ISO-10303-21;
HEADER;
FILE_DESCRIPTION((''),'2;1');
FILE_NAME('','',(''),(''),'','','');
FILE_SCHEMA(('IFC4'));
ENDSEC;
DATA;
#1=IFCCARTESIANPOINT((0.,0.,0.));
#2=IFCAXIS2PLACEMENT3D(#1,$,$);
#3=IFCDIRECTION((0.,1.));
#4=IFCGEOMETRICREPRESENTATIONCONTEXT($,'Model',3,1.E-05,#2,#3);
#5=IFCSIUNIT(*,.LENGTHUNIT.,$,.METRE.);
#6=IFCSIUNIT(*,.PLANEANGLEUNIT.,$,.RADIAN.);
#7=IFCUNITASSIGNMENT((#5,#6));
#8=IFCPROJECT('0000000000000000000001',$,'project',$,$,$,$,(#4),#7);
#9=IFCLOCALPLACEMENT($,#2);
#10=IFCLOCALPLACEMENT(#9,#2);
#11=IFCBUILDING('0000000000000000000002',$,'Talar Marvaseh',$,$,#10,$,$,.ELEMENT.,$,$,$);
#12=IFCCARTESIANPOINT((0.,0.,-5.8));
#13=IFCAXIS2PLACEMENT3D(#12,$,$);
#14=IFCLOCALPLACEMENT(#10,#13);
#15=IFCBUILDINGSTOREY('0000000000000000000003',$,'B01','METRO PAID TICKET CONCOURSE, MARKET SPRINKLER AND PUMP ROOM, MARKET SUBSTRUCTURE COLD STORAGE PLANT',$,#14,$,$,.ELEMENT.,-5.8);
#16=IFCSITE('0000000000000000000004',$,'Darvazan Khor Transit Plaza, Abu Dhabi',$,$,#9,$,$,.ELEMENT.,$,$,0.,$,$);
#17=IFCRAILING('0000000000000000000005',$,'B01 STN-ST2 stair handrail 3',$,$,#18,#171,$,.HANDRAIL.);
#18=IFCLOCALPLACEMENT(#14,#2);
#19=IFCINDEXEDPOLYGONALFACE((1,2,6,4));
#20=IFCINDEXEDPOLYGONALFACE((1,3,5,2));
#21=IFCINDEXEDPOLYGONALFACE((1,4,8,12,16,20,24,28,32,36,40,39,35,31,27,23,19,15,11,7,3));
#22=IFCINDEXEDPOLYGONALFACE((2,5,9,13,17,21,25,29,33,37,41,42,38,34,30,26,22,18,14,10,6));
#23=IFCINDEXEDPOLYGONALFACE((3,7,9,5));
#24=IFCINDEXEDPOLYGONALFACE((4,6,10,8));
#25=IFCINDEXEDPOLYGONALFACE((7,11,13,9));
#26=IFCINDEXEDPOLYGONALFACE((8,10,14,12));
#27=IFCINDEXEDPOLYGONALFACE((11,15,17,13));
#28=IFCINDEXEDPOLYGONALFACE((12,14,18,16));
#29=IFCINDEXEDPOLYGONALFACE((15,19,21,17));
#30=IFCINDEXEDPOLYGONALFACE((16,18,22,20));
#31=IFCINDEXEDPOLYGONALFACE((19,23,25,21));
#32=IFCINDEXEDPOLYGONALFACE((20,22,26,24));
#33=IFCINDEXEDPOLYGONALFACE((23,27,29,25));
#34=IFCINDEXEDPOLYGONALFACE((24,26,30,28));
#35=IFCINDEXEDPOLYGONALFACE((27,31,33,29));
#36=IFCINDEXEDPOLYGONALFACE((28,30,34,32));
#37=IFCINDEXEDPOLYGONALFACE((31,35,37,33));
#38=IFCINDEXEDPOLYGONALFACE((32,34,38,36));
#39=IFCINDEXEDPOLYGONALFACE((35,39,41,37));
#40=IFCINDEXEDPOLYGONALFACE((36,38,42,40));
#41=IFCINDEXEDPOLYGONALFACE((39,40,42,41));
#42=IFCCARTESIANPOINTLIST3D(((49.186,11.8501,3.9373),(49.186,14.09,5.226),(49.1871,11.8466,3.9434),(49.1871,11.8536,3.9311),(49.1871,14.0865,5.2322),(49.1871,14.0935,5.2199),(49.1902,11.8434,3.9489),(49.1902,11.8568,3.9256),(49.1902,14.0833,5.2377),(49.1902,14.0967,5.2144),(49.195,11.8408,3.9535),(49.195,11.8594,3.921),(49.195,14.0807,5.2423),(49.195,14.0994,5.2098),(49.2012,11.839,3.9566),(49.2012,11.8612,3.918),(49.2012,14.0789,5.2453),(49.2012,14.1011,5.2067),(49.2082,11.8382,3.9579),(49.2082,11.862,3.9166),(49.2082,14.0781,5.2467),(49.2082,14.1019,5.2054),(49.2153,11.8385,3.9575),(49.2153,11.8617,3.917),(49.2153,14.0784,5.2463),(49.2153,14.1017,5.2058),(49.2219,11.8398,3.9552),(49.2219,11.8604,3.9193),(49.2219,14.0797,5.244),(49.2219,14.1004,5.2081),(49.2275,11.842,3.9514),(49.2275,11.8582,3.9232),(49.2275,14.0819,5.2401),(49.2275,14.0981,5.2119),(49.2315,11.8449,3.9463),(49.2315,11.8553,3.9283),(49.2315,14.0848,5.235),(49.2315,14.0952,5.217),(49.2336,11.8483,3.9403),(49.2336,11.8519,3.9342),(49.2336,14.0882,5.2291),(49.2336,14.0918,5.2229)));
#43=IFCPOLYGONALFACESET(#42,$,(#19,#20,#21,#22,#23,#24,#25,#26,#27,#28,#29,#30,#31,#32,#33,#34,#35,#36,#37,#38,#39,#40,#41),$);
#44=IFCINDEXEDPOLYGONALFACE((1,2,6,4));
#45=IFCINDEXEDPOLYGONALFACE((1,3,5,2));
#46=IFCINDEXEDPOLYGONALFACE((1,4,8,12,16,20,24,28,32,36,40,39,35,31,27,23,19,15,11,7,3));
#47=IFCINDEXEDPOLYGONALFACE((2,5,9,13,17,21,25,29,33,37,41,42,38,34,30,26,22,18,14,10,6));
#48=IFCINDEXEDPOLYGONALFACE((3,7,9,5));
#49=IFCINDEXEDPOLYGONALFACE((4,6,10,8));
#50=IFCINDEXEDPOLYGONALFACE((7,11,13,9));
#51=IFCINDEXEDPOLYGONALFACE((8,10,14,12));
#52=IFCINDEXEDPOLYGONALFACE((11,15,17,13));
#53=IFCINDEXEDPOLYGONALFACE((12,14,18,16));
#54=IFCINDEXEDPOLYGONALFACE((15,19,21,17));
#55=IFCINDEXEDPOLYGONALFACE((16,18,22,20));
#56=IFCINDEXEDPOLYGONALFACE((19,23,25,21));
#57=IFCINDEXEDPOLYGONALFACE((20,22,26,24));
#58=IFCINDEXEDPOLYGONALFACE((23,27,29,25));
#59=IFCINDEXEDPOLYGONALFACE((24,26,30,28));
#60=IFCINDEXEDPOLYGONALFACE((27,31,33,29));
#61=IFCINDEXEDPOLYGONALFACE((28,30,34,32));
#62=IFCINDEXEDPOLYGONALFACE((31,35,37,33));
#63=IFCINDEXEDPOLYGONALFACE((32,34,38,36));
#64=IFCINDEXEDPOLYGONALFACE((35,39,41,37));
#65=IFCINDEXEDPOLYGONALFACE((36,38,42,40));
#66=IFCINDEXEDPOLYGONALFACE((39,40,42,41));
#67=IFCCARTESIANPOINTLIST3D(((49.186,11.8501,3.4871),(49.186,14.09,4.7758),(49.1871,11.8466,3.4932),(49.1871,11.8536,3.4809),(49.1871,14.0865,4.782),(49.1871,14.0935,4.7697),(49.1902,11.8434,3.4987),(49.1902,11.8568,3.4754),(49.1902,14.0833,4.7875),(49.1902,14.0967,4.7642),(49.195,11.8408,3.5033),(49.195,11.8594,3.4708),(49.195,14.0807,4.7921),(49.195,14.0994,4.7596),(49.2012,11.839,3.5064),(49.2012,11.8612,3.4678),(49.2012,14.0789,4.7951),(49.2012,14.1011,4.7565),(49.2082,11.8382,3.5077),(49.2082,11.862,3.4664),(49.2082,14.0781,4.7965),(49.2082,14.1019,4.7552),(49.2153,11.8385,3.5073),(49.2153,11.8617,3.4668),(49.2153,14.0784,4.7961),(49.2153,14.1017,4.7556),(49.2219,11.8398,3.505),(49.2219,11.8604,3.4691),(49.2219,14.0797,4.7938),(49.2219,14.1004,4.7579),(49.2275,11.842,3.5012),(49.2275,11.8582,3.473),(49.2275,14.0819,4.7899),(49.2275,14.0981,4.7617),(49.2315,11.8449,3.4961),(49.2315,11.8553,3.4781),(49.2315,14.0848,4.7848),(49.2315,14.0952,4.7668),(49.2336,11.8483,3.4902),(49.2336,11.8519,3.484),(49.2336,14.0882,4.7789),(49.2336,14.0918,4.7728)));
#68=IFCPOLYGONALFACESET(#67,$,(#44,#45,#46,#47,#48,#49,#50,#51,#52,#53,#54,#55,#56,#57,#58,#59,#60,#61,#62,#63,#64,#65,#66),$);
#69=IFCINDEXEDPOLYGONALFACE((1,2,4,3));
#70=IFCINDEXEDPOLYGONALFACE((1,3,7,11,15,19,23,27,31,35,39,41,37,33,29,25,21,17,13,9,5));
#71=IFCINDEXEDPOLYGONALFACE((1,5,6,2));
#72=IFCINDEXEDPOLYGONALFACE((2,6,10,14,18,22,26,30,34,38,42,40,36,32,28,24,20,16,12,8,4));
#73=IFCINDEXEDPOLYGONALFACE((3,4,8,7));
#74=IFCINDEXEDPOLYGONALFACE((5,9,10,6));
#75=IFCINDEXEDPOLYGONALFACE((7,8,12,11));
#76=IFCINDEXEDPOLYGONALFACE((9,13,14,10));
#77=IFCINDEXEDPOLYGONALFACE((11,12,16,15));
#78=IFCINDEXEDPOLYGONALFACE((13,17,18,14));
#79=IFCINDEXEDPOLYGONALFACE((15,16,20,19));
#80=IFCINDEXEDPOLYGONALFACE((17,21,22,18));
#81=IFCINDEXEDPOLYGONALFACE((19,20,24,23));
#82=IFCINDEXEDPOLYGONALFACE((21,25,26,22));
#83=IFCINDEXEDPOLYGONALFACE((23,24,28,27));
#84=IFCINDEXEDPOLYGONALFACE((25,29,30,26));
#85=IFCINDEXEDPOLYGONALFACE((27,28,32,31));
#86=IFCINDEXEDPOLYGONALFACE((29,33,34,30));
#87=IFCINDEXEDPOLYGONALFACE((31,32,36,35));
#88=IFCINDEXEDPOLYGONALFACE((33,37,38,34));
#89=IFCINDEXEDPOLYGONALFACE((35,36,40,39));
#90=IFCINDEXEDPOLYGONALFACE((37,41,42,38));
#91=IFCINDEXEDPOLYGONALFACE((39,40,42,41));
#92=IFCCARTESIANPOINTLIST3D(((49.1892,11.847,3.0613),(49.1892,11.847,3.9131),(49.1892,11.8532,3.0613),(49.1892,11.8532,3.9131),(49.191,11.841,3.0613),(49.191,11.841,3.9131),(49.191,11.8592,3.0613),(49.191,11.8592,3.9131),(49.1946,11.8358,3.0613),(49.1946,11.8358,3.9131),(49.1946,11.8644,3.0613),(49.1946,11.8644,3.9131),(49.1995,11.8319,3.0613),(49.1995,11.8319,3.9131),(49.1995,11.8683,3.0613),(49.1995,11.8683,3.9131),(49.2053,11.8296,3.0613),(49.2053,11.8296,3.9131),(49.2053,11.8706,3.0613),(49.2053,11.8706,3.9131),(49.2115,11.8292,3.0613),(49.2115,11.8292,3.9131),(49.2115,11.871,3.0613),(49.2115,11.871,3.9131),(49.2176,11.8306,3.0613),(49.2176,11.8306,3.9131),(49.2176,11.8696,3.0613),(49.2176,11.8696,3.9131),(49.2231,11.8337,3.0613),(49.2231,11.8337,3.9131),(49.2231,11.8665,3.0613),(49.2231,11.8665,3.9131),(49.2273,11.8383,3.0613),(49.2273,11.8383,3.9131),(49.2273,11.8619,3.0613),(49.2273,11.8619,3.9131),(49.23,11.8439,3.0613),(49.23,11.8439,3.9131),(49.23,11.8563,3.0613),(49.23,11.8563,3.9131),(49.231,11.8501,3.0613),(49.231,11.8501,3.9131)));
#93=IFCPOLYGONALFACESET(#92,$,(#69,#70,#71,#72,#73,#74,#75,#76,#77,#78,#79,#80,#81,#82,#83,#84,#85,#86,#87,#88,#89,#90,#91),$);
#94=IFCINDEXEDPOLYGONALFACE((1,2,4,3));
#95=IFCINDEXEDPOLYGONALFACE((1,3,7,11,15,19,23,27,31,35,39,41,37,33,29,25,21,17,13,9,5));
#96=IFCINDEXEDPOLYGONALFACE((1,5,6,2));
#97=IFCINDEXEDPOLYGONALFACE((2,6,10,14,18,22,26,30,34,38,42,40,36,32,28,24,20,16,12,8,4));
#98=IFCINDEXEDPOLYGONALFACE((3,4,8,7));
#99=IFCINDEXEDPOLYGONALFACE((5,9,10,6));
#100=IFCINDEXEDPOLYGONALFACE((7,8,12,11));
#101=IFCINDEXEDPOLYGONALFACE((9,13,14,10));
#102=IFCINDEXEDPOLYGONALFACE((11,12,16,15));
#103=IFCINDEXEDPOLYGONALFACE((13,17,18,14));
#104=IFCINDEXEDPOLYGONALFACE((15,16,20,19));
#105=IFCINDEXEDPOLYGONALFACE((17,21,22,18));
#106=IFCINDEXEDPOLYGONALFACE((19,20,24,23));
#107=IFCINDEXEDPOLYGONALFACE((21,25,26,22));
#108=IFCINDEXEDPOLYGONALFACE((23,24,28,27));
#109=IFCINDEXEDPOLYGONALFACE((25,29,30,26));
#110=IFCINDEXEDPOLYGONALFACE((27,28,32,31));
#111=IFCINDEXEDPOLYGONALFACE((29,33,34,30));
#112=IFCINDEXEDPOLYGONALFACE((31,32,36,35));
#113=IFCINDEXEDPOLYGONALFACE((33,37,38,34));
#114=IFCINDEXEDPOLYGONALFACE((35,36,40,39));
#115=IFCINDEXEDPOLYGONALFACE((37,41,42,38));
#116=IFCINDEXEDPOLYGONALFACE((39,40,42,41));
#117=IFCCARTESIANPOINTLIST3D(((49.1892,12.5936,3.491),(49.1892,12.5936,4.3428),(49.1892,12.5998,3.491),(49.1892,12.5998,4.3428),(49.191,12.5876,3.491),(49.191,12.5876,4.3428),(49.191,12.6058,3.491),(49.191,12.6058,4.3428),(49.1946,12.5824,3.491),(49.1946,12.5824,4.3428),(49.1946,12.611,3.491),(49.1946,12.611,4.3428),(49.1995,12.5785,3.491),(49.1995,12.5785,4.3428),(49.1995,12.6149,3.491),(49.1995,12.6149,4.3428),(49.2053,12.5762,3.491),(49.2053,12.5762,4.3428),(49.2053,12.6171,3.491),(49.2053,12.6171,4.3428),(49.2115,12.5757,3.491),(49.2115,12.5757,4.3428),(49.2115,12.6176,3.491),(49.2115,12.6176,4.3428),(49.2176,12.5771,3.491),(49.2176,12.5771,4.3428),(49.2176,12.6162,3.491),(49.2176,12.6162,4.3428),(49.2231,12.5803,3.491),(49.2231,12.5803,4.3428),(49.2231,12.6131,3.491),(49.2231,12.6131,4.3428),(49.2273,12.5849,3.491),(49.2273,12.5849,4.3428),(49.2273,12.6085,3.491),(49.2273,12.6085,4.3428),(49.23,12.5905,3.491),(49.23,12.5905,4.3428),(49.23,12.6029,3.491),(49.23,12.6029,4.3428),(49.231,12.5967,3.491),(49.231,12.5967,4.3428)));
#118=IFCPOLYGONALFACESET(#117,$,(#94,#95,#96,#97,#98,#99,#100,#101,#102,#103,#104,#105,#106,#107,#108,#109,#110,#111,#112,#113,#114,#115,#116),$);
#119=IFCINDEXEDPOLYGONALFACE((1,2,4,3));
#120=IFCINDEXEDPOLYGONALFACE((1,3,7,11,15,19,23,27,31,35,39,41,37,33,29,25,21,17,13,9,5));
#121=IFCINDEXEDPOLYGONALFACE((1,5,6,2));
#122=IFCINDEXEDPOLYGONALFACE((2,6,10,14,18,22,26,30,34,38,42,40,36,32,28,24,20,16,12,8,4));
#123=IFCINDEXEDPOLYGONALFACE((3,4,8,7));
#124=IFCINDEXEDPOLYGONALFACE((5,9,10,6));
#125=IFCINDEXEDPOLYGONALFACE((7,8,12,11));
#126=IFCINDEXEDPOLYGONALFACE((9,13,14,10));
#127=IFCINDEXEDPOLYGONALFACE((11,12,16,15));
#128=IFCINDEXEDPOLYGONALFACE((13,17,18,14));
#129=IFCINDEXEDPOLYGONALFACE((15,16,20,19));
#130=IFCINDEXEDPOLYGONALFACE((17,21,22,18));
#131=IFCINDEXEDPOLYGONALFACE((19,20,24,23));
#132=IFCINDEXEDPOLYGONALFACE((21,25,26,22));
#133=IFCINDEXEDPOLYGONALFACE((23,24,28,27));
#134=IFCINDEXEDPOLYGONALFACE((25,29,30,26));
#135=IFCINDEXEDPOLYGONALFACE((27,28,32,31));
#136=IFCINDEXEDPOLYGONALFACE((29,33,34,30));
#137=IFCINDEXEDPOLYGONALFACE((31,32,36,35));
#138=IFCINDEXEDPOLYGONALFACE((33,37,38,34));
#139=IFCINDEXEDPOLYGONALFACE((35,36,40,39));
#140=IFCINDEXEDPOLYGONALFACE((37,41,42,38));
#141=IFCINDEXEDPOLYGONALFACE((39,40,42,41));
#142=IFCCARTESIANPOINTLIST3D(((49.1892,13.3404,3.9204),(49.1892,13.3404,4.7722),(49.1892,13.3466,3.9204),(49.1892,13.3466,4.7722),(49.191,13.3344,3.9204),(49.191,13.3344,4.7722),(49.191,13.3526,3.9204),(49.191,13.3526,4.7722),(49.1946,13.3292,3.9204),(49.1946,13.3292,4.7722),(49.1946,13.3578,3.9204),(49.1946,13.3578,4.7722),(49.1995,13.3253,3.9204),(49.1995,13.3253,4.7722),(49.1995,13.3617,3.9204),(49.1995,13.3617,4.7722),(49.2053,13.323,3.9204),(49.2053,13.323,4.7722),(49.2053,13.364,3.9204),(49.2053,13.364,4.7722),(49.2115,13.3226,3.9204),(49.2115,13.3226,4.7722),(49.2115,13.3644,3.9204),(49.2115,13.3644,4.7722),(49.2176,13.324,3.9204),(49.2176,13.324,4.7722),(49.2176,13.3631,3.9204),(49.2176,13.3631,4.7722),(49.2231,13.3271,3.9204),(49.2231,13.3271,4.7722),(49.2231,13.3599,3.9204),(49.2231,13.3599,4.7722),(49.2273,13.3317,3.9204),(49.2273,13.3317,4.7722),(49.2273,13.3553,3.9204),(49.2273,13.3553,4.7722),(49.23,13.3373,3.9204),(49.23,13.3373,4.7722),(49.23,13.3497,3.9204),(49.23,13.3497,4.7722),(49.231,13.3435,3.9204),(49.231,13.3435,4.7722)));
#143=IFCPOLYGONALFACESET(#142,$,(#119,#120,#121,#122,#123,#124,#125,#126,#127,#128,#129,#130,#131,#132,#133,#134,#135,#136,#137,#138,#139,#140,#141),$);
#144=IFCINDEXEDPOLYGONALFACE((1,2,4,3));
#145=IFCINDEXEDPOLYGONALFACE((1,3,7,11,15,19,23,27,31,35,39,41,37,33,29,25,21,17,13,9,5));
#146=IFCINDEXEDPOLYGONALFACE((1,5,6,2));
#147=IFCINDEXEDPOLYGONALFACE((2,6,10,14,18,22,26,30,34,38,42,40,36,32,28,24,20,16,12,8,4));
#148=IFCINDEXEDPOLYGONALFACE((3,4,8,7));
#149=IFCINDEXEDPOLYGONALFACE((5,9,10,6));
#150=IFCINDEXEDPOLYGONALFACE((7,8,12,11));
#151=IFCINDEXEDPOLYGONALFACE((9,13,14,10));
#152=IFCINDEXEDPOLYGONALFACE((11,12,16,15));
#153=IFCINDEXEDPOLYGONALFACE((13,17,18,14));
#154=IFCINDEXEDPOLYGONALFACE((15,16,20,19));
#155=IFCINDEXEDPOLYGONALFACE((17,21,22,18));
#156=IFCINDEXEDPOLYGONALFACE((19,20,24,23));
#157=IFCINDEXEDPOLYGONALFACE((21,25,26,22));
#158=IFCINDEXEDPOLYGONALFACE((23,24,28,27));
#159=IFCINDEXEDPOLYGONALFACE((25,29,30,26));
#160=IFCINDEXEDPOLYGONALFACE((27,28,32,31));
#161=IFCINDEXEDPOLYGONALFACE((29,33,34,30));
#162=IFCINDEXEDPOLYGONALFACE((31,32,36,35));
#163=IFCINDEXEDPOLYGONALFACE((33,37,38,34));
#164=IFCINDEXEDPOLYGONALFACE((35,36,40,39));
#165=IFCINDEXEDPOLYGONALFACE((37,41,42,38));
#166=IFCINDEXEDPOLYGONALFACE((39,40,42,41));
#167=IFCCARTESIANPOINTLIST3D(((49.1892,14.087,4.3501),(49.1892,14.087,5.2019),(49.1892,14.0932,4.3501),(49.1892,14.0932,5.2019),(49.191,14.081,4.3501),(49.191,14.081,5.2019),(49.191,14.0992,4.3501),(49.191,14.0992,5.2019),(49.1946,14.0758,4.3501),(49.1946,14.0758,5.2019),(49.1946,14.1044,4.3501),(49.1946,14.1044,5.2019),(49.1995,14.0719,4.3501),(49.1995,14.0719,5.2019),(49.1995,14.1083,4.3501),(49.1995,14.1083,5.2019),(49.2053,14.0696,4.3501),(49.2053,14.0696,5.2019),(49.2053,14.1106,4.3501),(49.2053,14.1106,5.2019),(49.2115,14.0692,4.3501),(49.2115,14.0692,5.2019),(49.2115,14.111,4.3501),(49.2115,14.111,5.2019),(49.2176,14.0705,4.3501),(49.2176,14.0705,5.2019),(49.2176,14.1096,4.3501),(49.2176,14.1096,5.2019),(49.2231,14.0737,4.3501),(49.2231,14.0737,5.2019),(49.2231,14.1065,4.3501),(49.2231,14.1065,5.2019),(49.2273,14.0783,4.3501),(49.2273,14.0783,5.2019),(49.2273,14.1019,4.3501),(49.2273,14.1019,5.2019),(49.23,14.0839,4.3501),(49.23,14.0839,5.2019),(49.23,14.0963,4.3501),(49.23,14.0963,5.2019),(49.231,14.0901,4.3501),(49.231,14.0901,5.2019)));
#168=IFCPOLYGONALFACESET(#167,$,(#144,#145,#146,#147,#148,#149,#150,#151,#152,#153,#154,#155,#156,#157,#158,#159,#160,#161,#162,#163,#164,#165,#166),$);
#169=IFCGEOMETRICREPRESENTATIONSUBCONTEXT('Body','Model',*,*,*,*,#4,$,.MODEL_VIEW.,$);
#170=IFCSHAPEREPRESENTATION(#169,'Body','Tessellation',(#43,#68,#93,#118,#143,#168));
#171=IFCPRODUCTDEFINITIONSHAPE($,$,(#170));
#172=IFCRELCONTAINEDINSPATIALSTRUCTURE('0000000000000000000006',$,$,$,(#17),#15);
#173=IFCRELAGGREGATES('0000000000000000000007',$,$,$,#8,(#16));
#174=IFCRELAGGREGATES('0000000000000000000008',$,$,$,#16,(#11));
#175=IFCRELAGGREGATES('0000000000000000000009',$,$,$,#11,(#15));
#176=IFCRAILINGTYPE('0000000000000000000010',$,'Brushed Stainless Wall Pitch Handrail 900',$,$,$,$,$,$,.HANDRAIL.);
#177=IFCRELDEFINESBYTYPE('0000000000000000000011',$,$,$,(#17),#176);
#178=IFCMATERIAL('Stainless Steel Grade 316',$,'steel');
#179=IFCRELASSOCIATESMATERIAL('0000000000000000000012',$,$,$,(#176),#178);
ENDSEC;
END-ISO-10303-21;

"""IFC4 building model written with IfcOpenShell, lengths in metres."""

from ifc_helpers import new_model, si_unit, direction, frame, origin, origin_2d, place, context, subcontext, project, spatial, circle, extrude, material, type_object, element, save


model = new_model("IFC4")

# Units and contexts
model_context = context("Model", 3, precision=1e-05, world=origin(), true_north=direction((0.0, 1.0)))
body_context = subcontext(model_context, "Body", "Model", "MODEL_VIEW")
ifc_project = project(units=[si_unit("LENGTHUNIT", "METRE"), si_unit("PLANEANGLEUNIT", "RADIAN")], contexts=[model_context])

# Site, building, storey
site_placement = place(None, origin())
site = spatial("IfcSite", under=ifc_project, at=site_placement, Name="Darvazan Khor Transit Plaza, Abu Dhabi", CompositionType="ELEMENT", RefElevation=0.0)
building_placement = place(site_placement, origin())
building = spatial("IfcBuilding", under=site, at=building_placement, Name="Talar Marvaseh", CompositionType="ELEMENT")
storey_placement = place(building_placement, frame((0.0, 0.0, -5.8)))
storey = spatial("IfcBuildingStorey", under=building, at=storey_placement, Name="B01", Description="METRO PAID TICKET CONCOURSE, MARKET SPRINKLER AND PUMP ROOM, MARKET SUBSTRUCTURE COLD STORAGE PLANT", CompositionType="ELEMENT", Elevation=-5.8)

# Railing
ifc_material_1 = material(Name="Stainless Steel Grade 316", Category="steel")
railing_type = type_object("IfcRailingType", Name="Brushed Stainless Wall Pitch Handrail 900", PredefinedType="HANDRAIL", material=ifc_material_1)
for number, where, name in (
    (1, (49.21, 11.8501, 3.0613), "B01 STN-ST2 stair handrail 3"),
):
    element("IfcRailing", number, at=place(storey_placement, frame(where)), inside=storey, type_object=railing_type, Name=name, PredefinedType="HANDRAIL", context=body_context, shape_type="SweptSolid", body=[
        extrude(circle(Radius=0.0239, at=origin_2d()), frame((0.0, 0.0, 0.876), z_axis=(0.0, 0.866768, 0.498711), x_axis=(-1.0, 0.0, 0.0)), (0.0, 0.0, 1.0), 2.5842),
        extrude(circle(Radius=0.0239, at=origin_2d()), frame((0.0, 0.0, 0.4258), z_axis=(0.0, 0.866768, 0.498711), x_axis=(-1.0, 0.0, 0.0)), (0.0, 0.0, 1.0), 2.5842),
        extrude(circle(Radius=0.021, at=origin_2d()), origin(), (0.0, 0.0, 1.0), 0.8518),
        extrude(circle(Radius=0.021, at=origin_2d()), frame((0.0, 0.7466, 0.4297)), (0.0, 0.0, 1.0), 0.8518),
        extrude(circle(Radius=0.021, at=origin_2d()), frame((0.0, 1.4934, 0.8591)), (0.0, 0.0, 1.0), 0.8518),
        extrude(circle(Radius=0.021, at=origin_2d()), frame((0.0, 2.24, 1.2888)), (0.0, 0.0, 1.0), 0.8518),
    ])

save(model, "model.ifc")
